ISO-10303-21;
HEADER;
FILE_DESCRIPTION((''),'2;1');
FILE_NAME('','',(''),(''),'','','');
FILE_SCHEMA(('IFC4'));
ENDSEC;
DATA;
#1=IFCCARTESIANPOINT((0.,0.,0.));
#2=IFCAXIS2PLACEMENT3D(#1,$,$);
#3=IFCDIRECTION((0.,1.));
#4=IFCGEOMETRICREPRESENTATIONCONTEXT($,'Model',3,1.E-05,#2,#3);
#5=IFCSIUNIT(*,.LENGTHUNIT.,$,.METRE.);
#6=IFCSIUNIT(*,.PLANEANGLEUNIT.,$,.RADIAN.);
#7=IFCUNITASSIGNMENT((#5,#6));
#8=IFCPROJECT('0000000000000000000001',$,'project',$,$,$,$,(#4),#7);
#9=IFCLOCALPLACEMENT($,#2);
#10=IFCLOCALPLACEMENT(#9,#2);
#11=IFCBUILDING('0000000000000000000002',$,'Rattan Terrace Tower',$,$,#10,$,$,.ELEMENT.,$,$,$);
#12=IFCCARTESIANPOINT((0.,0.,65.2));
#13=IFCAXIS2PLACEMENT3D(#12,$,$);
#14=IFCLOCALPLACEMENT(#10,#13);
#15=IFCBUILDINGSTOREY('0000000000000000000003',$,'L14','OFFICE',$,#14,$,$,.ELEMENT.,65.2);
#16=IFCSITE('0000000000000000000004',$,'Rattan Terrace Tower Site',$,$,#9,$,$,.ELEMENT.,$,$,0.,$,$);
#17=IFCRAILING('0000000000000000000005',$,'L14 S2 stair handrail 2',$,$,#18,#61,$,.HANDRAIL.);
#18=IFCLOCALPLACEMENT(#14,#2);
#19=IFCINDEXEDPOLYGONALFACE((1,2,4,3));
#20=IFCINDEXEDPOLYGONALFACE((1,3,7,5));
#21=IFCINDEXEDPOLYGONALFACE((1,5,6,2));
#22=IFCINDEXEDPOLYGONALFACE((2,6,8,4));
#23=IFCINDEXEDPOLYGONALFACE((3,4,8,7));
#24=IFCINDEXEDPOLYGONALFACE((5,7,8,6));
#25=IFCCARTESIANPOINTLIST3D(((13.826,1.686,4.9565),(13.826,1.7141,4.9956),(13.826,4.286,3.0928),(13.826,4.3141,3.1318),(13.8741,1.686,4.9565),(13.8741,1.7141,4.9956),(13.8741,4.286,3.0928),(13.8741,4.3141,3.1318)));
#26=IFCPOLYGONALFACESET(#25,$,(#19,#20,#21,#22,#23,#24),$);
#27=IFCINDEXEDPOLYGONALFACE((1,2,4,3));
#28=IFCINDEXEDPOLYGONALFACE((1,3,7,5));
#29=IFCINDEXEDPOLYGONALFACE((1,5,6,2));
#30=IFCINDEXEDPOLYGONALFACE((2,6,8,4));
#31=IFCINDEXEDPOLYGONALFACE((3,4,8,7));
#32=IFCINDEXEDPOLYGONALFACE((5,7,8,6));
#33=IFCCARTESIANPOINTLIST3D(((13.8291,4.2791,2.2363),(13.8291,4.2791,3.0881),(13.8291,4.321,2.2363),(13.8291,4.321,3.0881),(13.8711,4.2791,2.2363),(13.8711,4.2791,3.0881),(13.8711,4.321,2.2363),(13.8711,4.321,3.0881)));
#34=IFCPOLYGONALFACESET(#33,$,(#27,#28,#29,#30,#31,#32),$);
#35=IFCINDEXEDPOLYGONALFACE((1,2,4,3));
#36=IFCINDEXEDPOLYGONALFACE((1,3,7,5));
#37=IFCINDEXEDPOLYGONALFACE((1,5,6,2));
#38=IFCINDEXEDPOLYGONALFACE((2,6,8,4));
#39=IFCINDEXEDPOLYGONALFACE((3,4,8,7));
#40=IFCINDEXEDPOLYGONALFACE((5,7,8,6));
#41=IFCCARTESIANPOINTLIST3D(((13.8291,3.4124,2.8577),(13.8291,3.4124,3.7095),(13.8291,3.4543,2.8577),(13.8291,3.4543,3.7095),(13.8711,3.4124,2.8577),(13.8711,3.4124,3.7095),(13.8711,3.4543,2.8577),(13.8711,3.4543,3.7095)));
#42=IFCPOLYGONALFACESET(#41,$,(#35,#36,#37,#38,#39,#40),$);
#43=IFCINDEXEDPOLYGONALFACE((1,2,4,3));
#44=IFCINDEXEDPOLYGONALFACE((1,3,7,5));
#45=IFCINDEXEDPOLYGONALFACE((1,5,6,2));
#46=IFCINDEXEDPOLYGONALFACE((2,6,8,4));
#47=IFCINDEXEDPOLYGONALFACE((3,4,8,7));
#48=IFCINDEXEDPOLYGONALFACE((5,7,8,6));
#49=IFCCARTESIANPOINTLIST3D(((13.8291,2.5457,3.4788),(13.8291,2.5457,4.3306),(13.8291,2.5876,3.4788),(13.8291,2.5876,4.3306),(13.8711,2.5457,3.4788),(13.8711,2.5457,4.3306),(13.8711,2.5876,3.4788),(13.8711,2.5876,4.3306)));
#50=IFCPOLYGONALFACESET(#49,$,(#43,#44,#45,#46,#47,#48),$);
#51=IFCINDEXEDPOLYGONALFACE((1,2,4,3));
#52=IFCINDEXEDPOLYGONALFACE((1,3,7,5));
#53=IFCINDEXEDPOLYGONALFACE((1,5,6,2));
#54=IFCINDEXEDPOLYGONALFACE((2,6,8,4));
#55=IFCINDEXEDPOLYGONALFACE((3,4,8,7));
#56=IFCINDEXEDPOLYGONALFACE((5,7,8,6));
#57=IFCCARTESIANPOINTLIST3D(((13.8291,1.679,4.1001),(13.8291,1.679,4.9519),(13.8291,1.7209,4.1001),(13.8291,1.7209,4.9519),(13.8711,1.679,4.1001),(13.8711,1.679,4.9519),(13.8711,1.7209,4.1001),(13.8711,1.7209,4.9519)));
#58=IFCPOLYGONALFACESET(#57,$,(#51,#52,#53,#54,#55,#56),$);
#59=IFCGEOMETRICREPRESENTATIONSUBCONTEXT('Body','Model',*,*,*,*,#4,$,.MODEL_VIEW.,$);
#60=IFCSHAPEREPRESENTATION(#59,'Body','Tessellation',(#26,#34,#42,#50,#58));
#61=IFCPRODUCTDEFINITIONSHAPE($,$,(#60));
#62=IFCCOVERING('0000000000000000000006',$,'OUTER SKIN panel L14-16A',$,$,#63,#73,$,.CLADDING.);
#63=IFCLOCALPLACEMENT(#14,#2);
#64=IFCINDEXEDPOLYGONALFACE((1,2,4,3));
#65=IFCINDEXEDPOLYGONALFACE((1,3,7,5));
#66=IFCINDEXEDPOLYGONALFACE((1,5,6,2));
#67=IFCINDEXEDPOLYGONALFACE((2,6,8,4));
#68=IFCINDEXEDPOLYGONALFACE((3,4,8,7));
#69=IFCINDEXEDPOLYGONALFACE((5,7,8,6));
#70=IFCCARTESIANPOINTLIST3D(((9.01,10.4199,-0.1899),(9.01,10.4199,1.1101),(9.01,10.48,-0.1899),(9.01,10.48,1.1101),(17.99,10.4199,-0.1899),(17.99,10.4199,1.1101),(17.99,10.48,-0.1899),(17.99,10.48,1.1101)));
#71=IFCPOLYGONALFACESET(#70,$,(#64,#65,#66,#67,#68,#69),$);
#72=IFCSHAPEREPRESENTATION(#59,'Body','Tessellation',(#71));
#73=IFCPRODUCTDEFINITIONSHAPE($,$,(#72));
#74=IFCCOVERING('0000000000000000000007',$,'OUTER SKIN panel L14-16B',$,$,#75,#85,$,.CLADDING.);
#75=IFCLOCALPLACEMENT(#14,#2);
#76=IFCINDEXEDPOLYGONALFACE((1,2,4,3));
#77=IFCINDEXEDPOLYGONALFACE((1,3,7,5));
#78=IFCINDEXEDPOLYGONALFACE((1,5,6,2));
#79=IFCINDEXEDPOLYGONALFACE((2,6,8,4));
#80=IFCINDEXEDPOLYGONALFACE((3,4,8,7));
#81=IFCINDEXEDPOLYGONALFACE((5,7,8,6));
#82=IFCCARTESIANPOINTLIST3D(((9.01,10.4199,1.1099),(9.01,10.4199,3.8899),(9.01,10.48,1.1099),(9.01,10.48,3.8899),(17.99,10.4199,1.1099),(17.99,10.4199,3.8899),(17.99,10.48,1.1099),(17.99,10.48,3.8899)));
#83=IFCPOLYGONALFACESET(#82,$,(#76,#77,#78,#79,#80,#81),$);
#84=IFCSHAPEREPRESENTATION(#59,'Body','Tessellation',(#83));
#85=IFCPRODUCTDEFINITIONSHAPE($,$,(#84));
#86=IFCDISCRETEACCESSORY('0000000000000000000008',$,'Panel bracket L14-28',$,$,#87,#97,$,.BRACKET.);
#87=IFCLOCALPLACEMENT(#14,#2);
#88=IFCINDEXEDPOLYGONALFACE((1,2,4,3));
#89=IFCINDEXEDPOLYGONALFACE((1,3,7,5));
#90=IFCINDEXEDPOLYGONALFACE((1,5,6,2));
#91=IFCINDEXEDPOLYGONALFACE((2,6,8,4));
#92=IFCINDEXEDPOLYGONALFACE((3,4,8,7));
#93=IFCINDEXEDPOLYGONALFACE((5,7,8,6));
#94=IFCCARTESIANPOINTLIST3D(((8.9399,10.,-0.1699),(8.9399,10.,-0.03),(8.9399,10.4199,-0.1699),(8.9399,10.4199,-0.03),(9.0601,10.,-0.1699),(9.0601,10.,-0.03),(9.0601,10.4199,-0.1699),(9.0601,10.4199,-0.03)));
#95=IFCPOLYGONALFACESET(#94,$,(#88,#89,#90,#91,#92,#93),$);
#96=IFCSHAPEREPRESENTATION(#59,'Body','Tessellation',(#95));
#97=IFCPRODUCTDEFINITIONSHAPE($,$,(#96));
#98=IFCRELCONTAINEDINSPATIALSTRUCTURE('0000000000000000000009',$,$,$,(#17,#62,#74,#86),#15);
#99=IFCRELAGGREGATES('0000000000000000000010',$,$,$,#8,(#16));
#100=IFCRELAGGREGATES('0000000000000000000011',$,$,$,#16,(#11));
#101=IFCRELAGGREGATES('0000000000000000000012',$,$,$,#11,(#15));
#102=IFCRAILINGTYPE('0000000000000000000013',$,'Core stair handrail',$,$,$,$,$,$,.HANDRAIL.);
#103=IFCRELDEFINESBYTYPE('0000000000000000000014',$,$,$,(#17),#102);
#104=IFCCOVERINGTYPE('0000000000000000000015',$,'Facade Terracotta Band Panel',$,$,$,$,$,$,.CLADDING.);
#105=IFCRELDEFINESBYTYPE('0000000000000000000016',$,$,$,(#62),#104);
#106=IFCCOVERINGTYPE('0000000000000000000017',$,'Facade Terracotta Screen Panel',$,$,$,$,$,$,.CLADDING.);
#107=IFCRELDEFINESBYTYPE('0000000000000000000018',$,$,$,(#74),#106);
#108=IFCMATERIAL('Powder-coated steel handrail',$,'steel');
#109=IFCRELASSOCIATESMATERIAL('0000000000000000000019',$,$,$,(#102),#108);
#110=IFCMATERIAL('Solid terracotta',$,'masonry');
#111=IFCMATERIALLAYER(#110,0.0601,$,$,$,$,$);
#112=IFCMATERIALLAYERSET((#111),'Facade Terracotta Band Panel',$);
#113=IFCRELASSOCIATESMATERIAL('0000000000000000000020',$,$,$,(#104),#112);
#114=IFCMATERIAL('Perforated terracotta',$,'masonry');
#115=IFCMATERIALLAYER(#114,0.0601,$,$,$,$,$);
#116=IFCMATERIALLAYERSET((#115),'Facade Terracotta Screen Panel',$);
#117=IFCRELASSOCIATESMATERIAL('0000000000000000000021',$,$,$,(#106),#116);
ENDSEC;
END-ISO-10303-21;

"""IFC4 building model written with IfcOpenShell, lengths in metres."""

from ifc_helpers import new_model, si_unit, direction, frame, origin, origin_2d, place, context, subcontext, project, spatial, rectangle, extrude, material, layer, layer_set, type_object, element, save


model = new_model("IFC4")

# Units and contexts
model_context = context("Model", 3, precision=1e-05, world=origin(), true_north=direction((0.0, 1.0)))
body_context = subcontext(model_context, "Body", "Model", "MODEL_VIEW")
ifc_project = project(units=[si_unit("LENGTHUNIT", "METRE"), si_unit("PLANEANGLEUNIT", "RADIAN")], contexts=[model_context])

# Site, building, storey
site_placement = place(None, origin())
site = spatial("IfcSite", under=ifc_project, at=site_placement, Name="Rattan Terrace Tower Site", CompositionType="ELEMENT", RefElevation=0.0)
building_placement = place(site_placement, origin())
building = spatial("IfcBuilding", under=site, at=building_placement, Name="Rattan Terrace Tower", CompositionType="ELEMENT")
storey_placement = place(building_placement, frame((0.0, 0.0, 65.2)))
storey = spatial("IfcBuildingStorey", under=building, at=storey_placement, Name="L14", Description="OFFICE", CompositionType="ELEMENT", Elevation=65.2)

# Railing
ifc_material_1 = material(Name="Powder-coated steel handrail", Category="steel")
railing_type_1 = type_object("IfcRailingType", Name="Core stair handrail", PredefinedType="HANDRAIL", material=ifc_material_1)
railing_1_placement = place(storey_placement, frame((13.8501, 4.3, 2.2363)))
element("IfcRailing", 1, at=railing_1_placement, inside=storey, type_object=railing_type_1, Name="L14 S2 stair handrail 2", PredefinedType="HANDRAIL", context=body_context, shape_type="SweptSolid", body=[
    extrude(rectangle(XDim=0.0481, YDim=0.0481, at=origin_2d()), frame((0.0, 0.0, 0.876), z_axis=(0.0, -0.812763, 0.582595), x_axis=(1.0, 0.0, 0.0)), (0.0, 0.0, 1.0), 3.199),
    extrude(rectangle(XDim=0.042, YDim=0.042, at=origin_2d()), origin(), (0.0, 0.0, 1.0), 0.8518),
    extrude(rectangle(XDim=0.042, YDim=0.042, at=origin_2d()), frame((0.0, -0.8667, 0.6213)), (0.0, 0.0, 1.0), 0.8518),
    extrude(rectangle(XDim=0.042, YDim=0.042, at=origin_2d()), frame((0.0, -1.7334, 1.2424)), (0.0, 0.0, 1.0), 0.8518),
    extrude(rectangle(XDim=0.042, YDim=0.042, at=origin_2d()), frame((0.0, -2.6001, 1.8638)), (0.0, 0.0, 1.0), 0.8518),
])

# Coverings
ifc_material_2 = material(Name="Solid terracotta", Category="masonry")
ifc_layer_1 = layer(ifc_material_2, 0.0601)
ifc_layer_set_1 = layer_set([ifc_layer_1], Name="Facade Terracotta Band Panel")
covering_type_1 = type_object("IfcCoveringType", Name="Facade Terracotta Band Panel", PredefinedType="CLADDING", material=ifc_layer_set_1)
covering_1_placement = place(storey_placement, frame((13.5, 10.45, -0.1899), z_axis=(0.0, 0.0, 1.0), x_axis=(-1.0, 0.0, 0.0)))
element("IfcCovering", 2, at=covering_1_placement, inside=storey, type_object=covering_type_1, Name="OUTER SKIN panel L14-16A", PredefinedType="CLADDING", context=body_context, shape_type="SweptSolid", body=[
    extrude(rectangle(XDim=8.98, YDim=0.0601, at=origin_2d()), origin(), (0.0, 0.0, 1.0), 1.3),
])
ifc_material_3 = material(Name="Perforated terracotta", Category="masonry")
ifc_layer_2 = layer(ifc_material_3, 0.0601)
ifc_layer_set_2 = layer_set([ifc_layer_2], Name="Facade Terracotta Screen Panel")
covering_type_2 = type_object("IfcCoveringType", Name="Facade Terracotta Screen Panel", PredefinedType="CLADDING", material=ifc_layer_set_2)
covering_2_placement = place(storey_placement, frame((13.5, 10.45, 1.1099), z_axis=(0.0, 0.0, 1.0), x_axis=(-1.0, 0.0, 0.0)))
element("IfcCovering", 3, at=covering_2_placement, inside=storey, type_object=covering_type_2, Name="OUTER SKIN panel L14-16B", PredefinedType="CLADDING", context=body_context, shape_type="SweptSolid", body=[
    extrude(rectangle(XDim=8.98, YDim=0.0601, at=origin_2d()), origin(), (0.0, 0.0, 1.0), 2.78),
])

# Discrete accessory
discrete_accessory_placement = place(storey_placement, frame((9.0, 10.21, -0.1699), z_axis=(0.0, 0.0, 1.0), x_axis=(-1.0, 0.0, 0.0)))
element("IfcDiscreteAccessory", 4, at=discrete_accessory_placement, inside=storey, Name="Panel bracket L14-28", PredefinedType="BRACKET", context=body_context, shape_type="SweptSolid", body=[
    extrude(rectangle(XDim=0.1201, YDim=0.4199, at=origin_2d()), origin(), (0.0, 0.0, 1.0), 0.1399),
])

save(model, "model.ifc")
